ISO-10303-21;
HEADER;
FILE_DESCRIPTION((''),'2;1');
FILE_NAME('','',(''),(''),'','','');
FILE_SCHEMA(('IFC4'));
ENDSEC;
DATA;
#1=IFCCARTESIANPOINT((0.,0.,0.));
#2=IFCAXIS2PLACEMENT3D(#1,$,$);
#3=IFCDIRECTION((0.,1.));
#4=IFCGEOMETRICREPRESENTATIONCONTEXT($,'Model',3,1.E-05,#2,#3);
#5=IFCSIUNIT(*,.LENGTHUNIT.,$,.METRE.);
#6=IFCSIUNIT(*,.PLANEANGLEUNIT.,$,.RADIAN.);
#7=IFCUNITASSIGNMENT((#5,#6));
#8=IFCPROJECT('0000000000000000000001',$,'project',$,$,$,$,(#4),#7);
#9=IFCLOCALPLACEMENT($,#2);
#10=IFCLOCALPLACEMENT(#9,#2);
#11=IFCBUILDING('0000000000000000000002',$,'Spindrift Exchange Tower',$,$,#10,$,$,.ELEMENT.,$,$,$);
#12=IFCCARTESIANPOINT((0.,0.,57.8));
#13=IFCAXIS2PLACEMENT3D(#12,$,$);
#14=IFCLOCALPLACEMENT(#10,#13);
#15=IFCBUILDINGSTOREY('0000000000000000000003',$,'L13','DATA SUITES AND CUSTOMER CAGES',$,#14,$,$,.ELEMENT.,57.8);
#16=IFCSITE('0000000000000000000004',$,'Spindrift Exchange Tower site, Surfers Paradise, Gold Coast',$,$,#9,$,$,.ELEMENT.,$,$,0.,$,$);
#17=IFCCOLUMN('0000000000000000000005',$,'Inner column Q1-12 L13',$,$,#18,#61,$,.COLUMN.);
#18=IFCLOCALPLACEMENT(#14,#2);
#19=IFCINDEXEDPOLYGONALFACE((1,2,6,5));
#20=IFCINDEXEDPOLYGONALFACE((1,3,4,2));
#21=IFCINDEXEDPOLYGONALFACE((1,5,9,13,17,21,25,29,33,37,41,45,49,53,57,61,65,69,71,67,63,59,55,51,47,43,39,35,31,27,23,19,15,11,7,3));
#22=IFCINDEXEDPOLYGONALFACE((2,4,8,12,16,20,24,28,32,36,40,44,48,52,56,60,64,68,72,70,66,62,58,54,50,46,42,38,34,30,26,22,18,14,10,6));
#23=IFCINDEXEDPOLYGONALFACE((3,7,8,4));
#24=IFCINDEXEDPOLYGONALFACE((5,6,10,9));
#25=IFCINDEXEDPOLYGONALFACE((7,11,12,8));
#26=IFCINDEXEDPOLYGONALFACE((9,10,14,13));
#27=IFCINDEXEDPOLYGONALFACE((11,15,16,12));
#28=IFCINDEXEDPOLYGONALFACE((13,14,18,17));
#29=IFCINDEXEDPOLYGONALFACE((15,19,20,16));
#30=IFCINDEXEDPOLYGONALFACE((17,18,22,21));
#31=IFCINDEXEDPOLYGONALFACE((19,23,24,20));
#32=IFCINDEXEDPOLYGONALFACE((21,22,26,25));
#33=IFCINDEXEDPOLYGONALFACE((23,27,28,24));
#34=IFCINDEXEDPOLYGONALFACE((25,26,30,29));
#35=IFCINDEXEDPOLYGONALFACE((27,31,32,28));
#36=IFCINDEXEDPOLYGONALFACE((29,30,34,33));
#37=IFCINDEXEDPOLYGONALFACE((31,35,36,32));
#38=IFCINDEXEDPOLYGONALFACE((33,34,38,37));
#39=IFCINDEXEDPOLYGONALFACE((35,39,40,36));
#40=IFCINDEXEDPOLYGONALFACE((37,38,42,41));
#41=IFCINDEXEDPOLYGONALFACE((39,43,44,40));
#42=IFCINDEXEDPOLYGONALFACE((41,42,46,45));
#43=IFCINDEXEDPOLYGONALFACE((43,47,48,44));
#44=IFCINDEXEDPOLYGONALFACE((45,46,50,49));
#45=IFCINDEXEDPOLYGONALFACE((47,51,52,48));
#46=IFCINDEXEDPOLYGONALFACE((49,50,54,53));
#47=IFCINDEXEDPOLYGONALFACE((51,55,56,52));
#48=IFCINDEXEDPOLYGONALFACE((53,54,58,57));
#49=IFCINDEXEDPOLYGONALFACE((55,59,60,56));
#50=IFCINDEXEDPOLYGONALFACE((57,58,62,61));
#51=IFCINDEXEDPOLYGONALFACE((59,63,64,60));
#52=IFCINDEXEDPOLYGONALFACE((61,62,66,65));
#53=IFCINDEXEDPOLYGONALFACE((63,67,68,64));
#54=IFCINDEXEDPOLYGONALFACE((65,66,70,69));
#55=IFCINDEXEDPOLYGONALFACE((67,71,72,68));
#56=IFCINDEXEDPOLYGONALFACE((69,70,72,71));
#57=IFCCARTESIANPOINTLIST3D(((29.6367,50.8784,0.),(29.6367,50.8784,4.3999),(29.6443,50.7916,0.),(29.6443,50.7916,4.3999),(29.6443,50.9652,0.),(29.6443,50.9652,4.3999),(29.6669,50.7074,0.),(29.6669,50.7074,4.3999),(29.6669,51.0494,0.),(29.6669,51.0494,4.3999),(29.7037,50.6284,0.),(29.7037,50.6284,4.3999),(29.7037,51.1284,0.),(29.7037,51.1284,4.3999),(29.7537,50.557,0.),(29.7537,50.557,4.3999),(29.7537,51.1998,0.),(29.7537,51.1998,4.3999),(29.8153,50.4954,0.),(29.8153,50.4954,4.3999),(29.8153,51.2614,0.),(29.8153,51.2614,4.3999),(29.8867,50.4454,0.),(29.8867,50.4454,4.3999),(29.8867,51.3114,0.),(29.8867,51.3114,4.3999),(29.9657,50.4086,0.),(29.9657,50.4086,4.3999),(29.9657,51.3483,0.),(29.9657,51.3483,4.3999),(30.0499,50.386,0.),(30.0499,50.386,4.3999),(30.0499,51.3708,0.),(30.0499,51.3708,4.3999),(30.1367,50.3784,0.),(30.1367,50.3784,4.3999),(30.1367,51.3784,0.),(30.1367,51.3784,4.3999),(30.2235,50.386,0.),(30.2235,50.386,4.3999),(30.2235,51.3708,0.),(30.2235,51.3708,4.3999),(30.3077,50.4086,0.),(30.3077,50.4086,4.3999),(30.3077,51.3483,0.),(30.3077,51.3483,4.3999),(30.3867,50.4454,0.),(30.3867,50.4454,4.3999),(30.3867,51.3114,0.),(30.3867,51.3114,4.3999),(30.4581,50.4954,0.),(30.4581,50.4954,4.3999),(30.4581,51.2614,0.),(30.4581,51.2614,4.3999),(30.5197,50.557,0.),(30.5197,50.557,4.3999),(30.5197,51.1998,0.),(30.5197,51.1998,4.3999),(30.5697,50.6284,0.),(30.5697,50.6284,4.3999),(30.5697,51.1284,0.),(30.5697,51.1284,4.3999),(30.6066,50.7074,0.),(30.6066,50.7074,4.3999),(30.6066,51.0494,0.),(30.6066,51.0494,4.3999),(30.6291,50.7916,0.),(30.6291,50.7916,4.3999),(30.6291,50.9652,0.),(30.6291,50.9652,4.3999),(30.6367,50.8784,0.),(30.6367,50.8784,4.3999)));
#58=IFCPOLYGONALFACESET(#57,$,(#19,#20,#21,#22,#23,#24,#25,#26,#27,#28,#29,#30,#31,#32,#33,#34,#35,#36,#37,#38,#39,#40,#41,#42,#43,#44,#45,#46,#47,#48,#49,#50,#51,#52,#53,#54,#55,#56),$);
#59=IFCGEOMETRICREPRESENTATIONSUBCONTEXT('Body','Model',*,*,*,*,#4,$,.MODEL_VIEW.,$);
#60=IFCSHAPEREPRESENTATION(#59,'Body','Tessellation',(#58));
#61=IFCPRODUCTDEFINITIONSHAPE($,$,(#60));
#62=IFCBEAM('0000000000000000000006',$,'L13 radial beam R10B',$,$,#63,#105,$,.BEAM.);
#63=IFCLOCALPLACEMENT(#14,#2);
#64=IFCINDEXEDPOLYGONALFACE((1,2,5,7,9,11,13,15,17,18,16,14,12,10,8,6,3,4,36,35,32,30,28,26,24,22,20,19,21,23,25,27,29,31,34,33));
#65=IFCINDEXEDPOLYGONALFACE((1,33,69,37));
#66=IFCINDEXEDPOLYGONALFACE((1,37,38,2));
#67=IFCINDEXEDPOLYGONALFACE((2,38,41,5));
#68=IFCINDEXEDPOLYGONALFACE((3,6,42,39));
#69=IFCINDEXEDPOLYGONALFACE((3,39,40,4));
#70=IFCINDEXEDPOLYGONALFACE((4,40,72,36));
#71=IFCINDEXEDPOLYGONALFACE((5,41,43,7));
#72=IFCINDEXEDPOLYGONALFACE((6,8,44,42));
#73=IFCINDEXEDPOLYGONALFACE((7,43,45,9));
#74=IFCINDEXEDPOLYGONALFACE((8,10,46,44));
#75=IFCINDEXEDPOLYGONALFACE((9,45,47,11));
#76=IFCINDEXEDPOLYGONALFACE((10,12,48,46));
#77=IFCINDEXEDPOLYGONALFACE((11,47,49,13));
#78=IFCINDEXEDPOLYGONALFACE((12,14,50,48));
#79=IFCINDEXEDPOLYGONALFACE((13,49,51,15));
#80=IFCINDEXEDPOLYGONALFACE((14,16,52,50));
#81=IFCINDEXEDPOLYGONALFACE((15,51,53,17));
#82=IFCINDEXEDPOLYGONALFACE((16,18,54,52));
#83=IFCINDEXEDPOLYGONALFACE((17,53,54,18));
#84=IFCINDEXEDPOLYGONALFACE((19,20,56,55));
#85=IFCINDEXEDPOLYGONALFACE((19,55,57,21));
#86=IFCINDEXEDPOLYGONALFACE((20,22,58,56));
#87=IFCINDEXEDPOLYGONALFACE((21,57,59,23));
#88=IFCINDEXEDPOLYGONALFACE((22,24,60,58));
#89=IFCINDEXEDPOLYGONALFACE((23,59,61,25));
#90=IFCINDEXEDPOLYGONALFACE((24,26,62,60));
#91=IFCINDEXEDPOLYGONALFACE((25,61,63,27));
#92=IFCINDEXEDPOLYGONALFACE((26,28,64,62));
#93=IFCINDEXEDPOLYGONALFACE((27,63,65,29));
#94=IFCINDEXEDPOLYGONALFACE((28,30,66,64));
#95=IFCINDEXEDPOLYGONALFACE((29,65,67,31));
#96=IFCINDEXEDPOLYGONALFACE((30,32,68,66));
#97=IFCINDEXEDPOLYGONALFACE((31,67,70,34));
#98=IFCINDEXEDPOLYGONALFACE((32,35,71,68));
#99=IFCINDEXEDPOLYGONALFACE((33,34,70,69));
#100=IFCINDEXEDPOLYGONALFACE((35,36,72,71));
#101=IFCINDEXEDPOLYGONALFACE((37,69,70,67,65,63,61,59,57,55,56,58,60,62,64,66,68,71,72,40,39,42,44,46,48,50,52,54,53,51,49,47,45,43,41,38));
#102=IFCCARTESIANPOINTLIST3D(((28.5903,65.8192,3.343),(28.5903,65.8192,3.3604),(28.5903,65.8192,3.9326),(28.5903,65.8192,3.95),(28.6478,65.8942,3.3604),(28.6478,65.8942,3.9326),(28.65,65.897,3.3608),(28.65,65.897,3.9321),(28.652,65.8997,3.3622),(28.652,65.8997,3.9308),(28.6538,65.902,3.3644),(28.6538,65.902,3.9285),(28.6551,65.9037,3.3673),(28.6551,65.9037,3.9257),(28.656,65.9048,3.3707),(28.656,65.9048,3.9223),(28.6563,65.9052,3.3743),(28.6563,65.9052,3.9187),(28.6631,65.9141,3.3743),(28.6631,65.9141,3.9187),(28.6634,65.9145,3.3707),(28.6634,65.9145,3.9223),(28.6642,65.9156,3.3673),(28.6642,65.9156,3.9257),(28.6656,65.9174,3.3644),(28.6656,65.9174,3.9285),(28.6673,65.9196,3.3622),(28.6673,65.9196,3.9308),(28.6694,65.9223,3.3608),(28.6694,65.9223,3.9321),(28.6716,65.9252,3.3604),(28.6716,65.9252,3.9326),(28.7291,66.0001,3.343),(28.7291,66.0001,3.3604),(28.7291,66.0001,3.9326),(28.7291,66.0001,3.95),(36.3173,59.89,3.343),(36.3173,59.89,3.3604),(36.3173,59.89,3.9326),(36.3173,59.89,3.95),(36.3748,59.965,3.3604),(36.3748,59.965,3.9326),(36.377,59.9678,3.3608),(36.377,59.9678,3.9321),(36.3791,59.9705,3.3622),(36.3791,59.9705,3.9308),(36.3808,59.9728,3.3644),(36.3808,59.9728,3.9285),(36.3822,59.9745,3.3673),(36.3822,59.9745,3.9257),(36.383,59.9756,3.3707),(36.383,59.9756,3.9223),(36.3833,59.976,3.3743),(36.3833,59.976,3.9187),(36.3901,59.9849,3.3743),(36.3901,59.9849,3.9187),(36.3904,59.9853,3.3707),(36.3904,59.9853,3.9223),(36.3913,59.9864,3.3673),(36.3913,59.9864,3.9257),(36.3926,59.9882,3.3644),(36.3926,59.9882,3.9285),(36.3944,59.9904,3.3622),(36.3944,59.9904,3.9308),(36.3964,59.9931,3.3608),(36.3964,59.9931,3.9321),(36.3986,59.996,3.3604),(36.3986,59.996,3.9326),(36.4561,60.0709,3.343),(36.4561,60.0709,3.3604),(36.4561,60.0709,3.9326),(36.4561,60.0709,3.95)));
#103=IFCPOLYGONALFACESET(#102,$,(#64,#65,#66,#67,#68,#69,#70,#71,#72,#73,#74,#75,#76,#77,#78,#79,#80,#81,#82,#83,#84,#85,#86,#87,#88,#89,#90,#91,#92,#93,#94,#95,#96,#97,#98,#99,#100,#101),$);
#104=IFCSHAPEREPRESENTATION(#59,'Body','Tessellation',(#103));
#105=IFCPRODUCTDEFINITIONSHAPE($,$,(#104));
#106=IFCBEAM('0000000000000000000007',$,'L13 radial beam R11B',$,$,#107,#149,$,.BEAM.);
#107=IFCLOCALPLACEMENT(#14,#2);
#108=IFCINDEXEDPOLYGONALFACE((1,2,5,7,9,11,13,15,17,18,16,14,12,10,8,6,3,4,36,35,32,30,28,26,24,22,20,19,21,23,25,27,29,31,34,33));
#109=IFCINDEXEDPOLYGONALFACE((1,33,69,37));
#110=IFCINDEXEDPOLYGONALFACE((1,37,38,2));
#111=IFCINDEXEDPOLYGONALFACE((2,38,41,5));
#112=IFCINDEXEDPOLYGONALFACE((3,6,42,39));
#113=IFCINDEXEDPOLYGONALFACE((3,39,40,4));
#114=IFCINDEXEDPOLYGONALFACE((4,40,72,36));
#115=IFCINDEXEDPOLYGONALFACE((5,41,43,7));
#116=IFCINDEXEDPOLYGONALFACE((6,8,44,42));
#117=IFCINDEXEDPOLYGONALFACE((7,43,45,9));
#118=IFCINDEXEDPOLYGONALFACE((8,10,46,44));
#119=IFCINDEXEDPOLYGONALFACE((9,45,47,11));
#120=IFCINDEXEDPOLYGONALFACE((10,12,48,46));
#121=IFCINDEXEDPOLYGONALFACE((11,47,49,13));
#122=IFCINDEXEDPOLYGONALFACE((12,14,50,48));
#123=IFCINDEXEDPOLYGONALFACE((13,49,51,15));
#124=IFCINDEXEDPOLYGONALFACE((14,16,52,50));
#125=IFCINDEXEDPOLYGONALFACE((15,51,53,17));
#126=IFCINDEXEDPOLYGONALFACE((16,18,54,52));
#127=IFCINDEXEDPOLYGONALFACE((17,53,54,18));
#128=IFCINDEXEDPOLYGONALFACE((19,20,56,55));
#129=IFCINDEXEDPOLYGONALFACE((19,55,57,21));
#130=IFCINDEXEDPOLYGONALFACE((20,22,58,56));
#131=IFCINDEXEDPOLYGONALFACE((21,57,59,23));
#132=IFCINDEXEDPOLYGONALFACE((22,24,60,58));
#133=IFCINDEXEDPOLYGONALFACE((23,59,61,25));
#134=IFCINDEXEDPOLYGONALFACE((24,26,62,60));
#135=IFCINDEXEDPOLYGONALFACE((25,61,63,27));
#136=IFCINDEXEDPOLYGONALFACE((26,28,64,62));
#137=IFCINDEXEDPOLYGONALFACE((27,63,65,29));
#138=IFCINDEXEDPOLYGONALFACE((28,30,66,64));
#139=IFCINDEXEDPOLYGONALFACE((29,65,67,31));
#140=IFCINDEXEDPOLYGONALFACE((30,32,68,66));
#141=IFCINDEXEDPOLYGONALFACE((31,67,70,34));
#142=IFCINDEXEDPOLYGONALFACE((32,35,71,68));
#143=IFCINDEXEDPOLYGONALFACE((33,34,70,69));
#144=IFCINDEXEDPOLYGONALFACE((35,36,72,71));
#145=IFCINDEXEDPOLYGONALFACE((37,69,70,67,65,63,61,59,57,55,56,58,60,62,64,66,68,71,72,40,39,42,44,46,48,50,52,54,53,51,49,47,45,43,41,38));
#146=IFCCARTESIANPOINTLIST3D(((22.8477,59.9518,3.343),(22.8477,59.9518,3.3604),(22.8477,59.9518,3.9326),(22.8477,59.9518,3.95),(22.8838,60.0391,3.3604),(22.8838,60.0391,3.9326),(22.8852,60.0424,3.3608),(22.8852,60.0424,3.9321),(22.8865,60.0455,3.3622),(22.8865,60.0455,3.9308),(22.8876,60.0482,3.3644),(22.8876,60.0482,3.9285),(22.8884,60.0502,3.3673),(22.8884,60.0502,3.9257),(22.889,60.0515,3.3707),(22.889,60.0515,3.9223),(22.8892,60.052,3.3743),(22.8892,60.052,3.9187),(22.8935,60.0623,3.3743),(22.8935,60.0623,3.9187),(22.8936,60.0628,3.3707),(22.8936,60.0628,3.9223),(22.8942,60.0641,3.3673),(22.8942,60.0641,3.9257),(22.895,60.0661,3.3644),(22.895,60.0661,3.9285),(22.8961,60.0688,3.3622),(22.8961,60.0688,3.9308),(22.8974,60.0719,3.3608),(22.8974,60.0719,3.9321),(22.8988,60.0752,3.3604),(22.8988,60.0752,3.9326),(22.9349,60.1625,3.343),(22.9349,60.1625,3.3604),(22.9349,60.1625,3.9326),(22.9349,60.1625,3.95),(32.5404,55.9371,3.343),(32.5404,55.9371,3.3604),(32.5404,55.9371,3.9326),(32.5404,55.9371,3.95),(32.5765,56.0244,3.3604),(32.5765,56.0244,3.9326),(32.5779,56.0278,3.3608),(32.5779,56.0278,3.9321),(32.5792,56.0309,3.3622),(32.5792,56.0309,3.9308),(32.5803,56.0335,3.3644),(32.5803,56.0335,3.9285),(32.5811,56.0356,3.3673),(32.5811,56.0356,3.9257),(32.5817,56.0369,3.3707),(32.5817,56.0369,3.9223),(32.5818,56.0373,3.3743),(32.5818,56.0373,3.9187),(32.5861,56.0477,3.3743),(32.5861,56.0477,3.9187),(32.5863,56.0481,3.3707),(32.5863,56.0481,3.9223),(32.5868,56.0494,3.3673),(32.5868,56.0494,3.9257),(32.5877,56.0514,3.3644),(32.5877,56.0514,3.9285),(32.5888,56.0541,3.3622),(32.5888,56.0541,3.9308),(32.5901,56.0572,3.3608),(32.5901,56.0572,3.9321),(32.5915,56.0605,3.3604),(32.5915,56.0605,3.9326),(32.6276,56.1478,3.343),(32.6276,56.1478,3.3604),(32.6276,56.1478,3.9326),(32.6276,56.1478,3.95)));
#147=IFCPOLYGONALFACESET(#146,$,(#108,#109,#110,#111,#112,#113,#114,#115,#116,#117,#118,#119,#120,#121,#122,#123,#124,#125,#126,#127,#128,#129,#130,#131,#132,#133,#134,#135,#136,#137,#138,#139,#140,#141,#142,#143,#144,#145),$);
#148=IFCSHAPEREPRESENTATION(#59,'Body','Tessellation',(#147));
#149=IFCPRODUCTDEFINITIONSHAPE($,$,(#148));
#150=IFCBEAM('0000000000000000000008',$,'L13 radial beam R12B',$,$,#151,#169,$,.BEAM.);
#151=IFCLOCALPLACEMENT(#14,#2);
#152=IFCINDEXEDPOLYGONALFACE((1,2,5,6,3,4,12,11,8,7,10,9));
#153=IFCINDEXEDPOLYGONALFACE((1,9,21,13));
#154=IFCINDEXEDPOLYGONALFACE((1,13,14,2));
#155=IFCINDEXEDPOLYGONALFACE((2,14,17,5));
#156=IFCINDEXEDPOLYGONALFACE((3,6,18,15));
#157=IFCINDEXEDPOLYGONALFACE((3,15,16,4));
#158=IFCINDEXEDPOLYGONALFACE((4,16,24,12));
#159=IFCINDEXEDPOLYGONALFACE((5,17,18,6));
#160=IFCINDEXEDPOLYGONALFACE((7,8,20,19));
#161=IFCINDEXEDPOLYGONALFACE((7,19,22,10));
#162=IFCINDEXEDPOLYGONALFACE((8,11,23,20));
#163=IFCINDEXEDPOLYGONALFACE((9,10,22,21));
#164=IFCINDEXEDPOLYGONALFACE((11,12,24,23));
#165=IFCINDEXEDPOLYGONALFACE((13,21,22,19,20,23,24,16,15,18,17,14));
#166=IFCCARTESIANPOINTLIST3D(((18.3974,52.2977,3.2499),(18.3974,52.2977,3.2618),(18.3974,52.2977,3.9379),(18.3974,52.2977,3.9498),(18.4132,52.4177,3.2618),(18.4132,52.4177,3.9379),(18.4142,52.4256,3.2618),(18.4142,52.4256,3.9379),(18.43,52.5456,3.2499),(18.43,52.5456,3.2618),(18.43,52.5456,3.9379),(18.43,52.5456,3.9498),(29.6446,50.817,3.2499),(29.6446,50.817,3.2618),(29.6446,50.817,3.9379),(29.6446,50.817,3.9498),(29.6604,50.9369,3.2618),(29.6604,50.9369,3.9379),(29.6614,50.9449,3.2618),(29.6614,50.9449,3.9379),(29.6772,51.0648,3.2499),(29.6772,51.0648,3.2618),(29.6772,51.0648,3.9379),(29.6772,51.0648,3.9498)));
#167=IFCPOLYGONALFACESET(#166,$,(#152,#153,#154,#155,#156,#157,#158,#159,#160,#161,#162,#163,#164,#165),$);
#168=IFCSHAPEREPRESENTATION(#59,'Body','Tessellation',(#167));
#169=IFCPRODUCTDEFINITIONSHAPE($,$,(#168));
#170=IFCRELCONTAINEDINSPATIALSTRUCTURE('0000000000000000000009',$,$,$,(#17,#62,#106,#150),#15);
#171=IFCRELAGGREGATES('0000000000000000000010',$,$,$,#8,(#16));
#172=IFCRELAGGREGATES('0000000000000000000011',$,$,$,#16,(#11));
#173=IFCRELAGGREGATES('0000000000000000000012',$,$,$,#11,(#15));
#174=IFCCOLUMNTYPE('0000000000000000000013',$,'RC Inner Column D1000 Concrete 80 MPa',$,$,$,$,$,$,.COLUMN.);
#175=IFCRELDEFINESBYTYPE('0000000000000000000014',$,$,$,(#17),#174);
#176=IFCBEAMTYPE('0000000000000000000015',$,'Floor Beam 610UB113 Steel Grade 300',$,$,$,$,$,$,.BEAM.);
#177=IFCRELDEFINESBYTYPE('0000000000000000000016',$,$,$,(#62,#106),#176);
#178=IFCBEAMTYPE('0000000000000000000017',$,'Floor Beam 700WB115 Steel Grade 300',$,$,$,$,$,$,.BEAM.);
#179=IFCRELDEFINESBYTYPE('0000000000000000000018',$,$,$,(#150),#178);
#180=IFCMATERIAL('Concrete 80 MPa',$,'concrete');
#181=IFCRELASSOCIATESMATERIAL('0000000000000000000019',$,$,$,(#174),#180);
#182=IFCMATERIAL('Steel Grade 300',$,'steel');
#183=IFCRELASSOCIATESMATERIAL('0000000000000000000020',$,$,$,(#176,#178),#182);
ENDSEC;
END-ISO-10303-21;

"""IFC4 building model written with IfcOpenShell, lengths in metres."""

from ifc_helpers import new_model, si_unit, direction, frame, origin, origin_2d, place, context, subcontext, project, spatial, circle, i_section, extrude, source, transform, mapped, material, material_profile, profile_set, type_object, element, save


model = new_model("IFC4")

# Units and contexts
model_context = context("Model", 3, precision=1e-05, world=origin(), true_north=direction((0.0, 1.0)))
body_context = subcontext(model_context, "Body", "Model", "MODEL_VIEW")
ifc_project = project(units=[si_unit("LENGTHUNIT", "METRE"), si_unit("PLANEANGLEUNIT", "RADIAN")], contexts=[model_context])

# Site, building, storey
site_placement = place(None, origin())
site = spatial("IfcSite", under=ifc_project, at=site_placement, Name="Spindrift Exchange Tower site, Surfers Paradise, Gold Coast", CompositionType="ELEMENT", RefElevation=0.0)
building_placement = place(site_placement, origin())
building = spatial("IfcBuilding", under=site, at=building_placement, Name="Spindrift Exchange Tower", CompositionType="ELEMENT")
storey_placement = place(building_placement, frame((0.0, 0.0, 57.8)))
storey = spatial("IfcBuildingStorey", under=building, at=storey_placement, Name="L13", Description="DATA SUITES AND CUSTOMER CAGES", CompositionType="ELEMENT", Elevation=57.8)

# Column
ifc_material_1 = material(Name="Concrete 80 MPa", Category="concrete")
ifc_material_profile_1 = material_profile(ifc_material_1, circle(Radius=0.5, at=origin_2d()), Name="RC D1000")
ifc_profile_set_1 = profile_set([ifc_material_profile_1], Name="Concrete 80 MPa")
column_type_1 = type_object("IfcColumnType", Name="RC Inner Column D1000 Concrete 80 MPa", PredefinedType="COLUMN", material=ifc_profile_set_1)
shared_shape_1 = source(origin(), body_context, "Body", "SweptSolid", [
    extrude(circle(Radius=0.5, at=origin_2d()), origin(), (0.0, 0.0, 1.0), 4.3999),
])
for number, where, z_axis, x_axis, name in (
    (1, (30.1367, 50.8784, 0.0), (0.0, 0.0, 1.0), (1.0, 0.0, 0.0), "Inner column Q1-12 L13"),
):
    element("IfcColumn", number, at=place(storey_placement, frame(where, z_axis=z_axis, x_axis=x_axis)), inside=storey, type_object=column_type_1, Name=name, PredefinedType="COLUMN", context=body_context, shape_type="MappedRepresentation", body=[
        mapped(shared_shape_1, transform((0.0, 0.0, 0.0), scale=1.0)),
    ])

# Beams
ifc_material_2 = material(Name="Steel Grade 300", Category="steel")
ifc_material_profile_2 = material_profile(ifc_material_2, i_section(OverallWidth=0.228, OverallDepth=0.6069, WebThickness=0.0112, FlangeThickness=0.0173, FilletRadius=0.0139, at=origin_2d()), Name="610UB113")
ifc_profile_set_2 = profile_set([ifc_material_profile_2], Name="Steel Grade 300")
beam_type_1 = type_object("IfcBeamType", Name="Floor Beam 610UB113 Steel Grade 300", PredefinedType="BEAM", material=ifc_profile_set_2)
shared_shape_2 = source(origin(), body_context, "Body", "SweptSolid", [
    extrude(i_section(OverallWidth=0.228, OverallDepth=0.6069, WebThickness=0.0112, FlangeThickness=0.0173, FilletRadius=0.0139, at=origin_2d()), origin(), (0.0, 0.0, 1.0), 9.7397),
])
beam_1_placement = place(storey_placement, frame((36.3867, 59.9805, 3.6465), z_axis=(-0.793352, 0.608763, 0.0), x_axis=(-0.608763, -0.793352, 0.0)))
element("IfcBeam", 2, at=beam_1_placement, inside=storey, type_object=beam_type_1, Name="L13 radial beam R10B", PredefinedType="BEAM", context=body_context, shape_type="MappedRepresentation", body=[
    mapped(shared_shape_2, transform((0.0, 0.0, 0.0), scale=1.0)),
])
shared_shape_3 = source(origin(), body_context, "Body", "SweptSolid", [
    extrude(i_section(OverallWidth=0.228, OverallDepth=0.6069, WebThickness=0.0112, FlangeThickness=0.0173, FilletRadius=0.0139, at=origin_2d()), origin(), (0.0, 0.0, 1.0), 10.4912),
])
beam_2_placement = place(storey_placement, frame((32.584, 56.0425, 3.6465), z_axis=(-0.923885, 0.38267, 0.0), x_axis=(-0.38267, -0.923885, 0.0)))
element("IfcBeam", 3, at=beam_2_placement, inside=storey, type_object=beam_type_1, Name="L13 radial beam R11B", PredefinedType="BEAM", context=body_context, shape_type="MappedRepresentation", body=[
    mapped(shared_shape_3, transform((0.0, 0.0, 0.0), scale=1.0)),
])
ifc_material_profile_3 = material_profile(ifc_material_2, i_section(OverallWidth=0.25, OverallDepth=0.7, WebThickness=0.0081, FlangeThickness=0.012, at=origin_2d()), Name="700WB115")
ifc_profile_set_3 = profile_set([ifc_material_profile_3], Name="Steel Grade 300")
beam_type_2 = type_object("IfcBeamType", Name="Floor Beam 700WB115 Steel Grade 300", PredefinedType="BEAM", material=ifc_profile_set_3)
shared_shape_4 = source(origin(), body_context, "Body", "SweptSolid", [
    extrude(i_section(OverallWidth=0.25, OverallDepth=0.7, WebThickness=0.0081, FlangeThickness=0.012, at=origin_2d()), origin(), (0.0, 0.0, 1.0), 11.3442),
])
beam_3_placement = place(storey_placement, frame((29.6609, 50.9409, 3.5999), z_axis=(-0.991445, 0.130527, 0.0), x_axis=(-0.130527, -0.991445, 0.0)))
element("IfcBeam", 4, at=beam_3_placement, inside=storey, type_object=beam_type_2, Name="L13 radial beam R12B", PredefinedType="BEAM", context=body_context, shape_type="MappedRepresentation", body=[
    mapped(shared_shape_4, transform((0.0, 0.0, 0.0), scale=1.0)),
])

save(model, "model.ifc")
